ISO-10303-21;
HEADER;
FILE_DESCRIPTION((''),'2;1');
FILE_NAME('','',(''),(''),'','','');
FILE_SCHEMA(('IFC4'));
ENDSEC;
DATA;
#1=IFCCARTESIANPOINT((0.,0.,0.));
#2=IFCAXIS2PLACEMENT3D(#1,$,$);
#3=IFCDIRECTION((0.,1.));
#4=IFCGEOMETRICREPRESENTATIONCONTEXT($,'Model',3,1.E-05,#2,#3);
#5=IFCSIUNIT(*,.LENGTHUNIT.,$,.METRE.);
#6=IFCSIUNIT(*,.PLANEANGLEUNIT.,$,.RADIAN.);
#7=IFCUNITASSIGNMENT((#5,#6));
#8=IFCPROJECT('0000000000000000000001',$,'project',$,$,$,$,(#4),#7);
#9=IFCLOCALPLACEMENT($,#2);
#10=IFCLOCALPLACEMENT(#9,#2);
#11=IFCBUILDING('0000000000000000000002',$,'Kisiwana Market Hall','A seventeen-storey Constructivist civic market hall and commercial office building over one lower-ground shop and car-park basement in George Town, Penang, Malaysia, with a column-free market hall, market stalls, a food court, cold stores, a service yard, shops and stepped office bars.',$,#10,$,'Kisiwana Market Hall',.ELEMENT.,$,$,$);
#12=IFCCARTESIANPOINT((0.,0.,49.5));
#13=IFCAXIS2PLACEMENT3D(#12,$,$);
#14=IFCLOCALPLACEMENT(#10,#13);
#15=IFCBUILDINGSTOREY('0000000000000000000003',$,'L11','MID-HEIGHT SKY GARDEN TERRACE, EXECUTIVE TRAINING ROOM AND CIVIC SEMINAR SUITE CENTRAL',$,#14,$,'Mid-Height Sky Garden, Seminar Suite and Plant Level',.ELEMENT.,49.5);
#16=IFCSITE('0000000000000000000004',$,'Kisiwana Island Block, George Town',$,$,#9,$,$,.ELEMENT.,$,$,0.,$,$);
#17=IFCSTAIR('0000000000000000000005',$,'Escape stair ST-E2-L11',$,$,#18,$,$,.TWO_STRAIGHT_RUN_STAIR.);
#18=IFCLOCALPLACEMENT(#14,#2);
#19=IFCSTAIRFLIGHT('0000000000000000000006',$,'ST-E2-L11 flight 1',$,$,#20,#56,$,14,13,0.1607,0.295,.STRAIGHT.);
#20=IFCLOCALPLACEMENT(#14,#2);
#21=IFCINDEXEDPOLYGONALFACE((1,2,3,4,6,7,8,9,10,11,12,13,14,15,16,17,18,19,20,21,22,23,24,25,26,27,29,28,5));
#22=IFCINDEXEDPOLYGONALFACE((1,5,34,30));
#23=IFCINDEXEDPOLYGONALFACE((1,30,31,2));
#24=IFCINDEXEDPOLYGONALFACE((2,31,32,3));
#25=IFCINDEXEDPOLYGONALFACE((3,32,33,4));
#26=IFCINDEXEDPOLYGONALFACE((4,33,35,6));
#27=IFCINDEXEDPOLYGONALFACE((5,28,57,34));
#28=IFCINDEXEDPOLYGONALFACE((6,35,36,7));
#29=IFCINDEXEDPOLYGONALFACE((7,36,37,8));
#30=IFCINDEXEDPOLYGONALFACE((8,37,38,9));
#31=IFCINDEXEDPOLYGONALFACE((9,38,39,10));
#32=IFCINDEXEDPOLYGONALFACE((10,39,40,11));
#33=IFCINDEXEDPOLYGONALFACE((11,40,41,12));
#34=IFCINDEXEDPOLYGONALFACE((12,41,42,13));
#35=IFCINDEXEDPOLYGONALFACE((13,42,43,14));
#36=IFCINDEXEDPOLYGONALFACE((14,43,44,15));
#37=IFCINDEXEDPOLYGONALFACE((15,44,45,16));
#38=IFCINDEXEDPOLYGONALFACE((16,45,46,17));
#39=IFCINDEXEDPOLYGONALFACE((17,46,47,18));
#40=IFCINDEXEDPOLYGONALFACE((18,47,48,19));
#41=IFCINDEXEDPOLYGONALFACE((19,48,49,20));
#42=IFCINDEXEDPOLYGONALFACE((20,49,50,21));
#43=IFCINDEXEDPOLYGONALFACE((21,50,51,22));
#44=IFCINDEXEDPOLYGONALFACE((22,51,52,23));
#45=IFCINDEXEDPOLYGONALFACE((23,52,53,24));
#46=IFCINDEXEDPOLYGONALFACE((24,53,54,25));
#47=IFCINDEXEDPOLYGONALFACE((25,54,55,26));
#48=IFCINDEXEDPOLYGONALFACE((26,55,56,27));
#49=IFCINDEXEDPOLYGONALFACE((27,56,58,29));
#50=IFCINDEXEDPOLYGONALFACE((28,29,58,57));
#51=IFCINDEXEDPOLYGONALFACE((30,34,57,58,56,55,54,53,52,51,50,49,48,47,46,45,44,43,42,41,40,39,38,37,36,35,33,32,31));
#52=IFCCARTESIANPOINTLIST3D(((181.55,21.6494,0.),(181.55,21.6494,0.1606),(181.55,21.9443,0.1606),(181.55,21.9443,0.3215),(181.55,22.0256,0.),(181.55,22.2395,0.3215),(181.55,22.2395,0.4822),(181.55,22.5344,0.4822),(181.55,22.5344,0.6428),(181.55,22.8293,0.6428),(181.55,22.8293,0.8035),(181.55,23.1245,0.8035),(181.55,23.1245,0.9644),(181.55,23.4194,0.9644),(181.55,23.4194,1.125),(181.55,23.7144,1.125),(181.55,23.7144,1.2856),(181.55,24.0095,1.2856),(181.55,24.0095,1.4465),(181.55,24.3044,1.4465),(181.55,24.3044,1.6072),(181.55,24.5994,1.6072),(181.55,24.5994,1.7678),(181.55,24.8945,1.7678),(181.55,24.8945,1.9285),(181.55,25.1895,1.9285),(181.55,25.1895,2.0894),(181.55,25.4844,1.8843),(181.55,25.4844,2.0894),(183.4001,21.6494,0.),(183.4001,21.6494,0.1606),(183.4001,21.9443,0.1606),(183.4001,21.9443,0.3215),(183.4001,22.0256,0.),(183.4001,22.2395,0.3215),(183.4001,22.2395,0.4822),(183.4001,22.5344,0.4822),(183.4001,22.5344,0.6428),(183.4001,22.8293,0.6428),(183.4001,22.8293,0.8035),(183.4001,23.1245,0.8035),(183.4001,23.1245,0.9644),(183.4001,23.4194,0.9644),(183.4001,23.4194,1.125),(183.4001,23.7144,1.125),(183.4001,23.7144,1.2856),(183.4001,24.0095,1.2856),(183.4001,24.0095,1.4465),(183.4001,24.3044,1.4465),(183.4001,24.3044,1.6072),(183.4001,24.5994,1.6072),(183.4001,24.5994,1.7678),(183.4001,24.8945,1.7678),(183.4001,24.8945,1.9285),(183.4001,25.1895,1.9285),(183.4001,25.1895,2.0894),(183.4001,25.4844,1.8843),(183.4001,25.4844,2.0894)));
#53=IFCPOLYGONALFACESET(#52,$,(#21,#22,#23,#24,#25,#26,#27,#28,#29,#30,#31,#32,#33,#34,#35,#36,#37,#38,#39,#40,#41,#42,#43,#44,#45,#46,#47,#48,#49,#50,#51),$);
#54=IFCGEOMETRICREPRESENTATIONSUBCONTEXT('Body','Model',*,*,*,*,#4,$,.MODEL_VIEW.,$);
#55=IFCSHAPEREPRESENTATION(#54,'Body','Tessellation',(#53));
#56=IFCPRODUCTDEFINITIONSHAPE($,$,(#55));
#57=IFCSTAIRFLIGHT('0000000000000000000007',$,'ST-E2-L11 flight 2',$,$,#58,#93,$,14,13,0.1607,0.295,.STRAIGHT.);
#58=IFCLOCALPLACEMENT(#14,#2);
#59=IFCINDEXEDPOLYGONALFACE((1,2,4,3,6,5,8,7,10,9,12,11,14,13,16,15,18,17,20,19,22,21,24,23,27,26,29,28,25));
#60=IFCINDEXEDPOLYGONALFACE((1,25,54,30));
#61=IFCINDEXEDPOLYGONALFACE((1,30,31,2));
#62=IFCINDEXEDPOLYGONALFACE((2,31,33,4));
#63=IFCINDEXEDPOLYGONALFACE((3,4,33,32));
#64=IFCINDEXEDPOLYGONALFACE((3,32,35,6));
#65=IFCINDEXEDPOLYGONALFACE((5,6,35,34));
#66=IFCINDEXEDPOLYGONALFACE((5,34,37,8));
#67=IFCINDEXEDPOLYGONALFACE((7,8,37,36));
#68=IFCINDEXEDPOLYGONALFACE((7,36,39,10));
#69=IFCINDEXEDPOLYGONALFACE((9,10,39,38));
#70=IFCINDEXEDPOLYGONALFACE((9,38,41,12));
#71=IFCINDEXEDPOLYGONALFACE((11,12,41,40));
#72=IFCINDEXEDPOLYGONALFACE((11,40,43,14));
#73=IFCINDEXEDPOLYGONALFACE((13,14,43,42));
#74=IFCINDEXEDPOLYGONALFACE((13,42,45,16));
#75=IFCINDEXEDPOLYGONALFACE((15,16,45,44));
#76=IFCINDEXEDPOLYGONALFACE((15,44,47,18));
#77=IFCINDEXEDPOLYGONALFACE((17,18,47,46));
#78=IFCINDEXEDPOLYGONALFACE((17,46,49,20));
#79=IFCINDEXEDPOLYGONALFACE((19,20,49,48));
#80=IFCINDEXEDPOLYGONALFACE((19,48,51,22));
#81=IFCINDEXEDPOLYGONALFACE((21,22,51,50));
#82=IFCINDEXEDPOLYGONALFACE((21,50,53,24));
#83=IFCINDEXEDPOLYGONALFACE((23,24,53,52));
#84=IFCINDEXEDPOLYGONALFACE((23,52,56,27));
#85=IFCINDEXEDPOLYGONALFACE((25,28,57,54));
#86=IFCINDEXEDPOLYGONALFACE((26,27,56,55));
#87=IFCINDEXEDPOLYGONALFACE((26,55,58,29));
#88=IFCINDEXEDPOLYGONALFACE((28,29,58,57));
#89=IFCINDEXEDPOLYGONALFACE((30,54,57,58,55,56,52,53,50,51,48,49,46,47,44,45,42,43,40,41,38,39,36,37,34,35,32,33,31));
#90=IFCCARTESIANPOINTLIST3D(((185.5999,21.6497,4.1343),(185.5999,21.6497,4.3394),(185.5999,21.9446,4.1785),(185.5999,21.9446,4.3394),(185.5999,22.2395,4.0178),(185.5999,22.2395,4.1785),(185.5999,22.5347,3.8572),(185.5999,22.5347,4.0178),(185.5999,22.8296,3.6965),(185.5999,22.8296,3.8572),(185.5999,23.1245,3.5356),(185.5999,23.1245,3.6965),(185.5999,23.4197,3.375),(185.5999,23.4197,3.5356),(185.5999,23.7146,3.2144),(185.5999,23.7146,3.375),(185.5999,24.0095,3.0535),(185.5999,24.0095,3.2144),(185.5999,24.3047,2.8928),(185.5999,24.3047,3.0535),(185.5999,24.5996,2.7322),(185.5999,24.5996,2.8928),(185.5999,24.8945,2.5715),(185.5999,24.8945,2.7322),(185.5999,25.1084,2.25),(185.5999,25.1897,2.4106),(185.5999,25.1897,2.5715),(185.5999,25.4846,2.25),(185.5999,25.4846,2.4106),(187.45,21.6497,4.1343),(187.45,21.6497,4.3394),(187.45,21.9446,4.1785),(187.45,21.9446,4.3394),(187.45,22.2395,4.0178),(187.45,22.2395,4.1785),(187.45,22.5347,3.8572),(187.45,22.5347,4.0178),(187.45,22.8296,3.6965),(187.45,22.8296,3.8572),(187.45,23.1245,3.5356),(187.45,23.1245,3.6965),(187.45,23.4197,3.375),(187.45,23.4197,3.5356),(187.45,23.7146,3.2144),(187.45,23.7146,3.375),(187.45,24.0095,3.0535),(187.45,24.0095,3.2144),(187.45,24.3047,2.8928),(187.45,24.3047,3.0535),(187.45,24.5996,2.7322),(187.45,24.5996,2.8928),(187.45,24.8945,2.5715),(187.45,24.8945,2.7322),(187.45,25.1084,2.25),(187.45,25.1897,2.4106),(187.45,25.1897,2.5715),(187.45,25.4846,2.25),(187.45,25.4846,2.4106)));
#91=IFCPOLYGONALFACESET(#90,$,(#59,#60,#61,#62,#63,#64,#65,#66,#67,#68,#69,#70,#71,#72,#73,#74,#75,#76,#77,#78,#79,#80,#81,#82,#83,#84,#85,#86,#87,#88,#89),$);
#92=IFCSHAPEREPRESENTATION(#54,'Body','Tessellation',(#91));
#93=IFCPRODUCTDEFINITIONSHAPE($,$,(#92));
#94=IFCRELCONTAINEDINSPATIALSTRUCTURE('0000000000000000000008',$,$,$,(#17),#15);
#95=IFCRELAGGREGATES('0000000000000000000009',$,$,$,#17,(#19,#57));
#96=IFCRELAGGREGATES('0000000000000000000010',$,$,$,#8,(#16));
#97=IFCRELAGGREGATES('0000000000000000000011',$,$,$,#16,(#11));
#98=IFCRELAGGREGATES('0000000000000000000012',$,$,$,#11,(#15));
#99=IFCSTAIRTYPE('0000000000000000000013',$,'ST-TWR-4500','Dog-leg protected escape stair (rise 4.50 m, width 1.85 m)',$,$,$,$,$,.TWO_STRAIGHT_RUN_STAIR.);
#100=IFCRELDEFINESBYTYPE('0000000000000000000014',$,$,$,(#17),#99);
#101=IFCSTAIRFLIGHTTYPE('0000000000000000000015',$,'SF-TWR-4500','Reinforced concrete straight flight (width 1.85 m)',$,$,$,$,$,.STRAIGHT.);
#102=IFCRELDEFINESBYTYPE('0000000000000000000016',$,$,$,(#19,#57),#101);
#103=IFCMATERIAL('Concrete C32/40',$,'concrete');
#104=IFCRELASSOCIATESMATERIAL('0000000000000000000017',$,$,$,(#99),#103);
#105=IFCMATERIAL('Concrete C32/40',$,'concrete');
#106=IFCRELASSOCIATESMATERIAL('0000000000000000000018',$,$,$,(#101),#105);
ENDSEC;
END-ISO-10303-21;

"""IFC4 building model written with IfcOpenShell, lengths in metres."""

from ifc_helpers import new_model, si_unit, direction, frame, origin, place, context, subcontext, project, spatial, polyline, outline, extrude, material, type_object, element, aggregate, save


model = new_model("IFC4")

# Units and contexts
model_context = context("Model", 3, precision=1e-05, world=origin(), true_north=direction((0.0, 1.0)))
body_context = subcontext(model_context, "Body", "Model", "MODEL_VIEW")
ifc_project = project(units=[si_unit("LENGTHUNIT", "METRE"), si_unit("PLANEANGLEUNIT", "RADIAN")], contexts=[model_context])

# Site, building, storey
site_placement = place(None, origin())
site = spatial("IfcSite", under=ifc_project, at=site_placement, Name="Kisiwana Island Block, George Town", CompositionType="ELEMENT", RefElevation=0.0)
building_placement = place(site_placement, origin())
building = spatial("IfcBuilding", under=site, at=building_placement, Name="Kisiwana Market Hall", Description="A seventeen-storey Constructivist civic market hall and commercial office building over one lower-ground shop and car-park basement in George Town, Penang, Malaysia, with a column-free market hall, market stalls, a food court, cold stores, a service yard, shops and stepped office bars.", LongName="Kisiwana Market Hall", CompositionType="ELEMENT")
storey_placement = place(building_placement, frame((0.0, 0.0, 49.5)))
storey = spatial("IfcBuildingStorey", under=building, at=storey_placement, Name="L11", Description="MID-HEIGHT SKY GARDEN TERRACE, EXECUTIVE TRAINING ROOM AND CIVIC SEMINAR SUITE CENTRAL", LongName="Mid-Height Sky Garden, Seminar Suite and Plant Level", CompositionType="ELEMENT", Elevation=49.5)

# Stair, stair flights
ifc_material_1 = material(Name="Concrete C32/40", Category="concrete")
stair_type = type_object("IfcStairType", Name="ST-TWR-4500", Description="Dog-leg protected escape stair (rise 4.50 m, width 1.85 m)", PredefinedType="TWO_STRAIGHT_RUN_STAIR", material=ifc_material_1)
stair_placement = place(storey_placement, origin())
stair = element("IfcStair", 1, at=stair_placement, inside=storey, type_object=stair_type, Name="Escape stair ST-E2-L11", PredefinedType="TWO_STRAIGHT_RUN_STAIR")
ifc_material_2 = material(Name="Concrete C32/40", Category="concrete")
stair_flight_type = type_object("IfcStairFlightType", Name="SF-TWR-4500", Description="Reinforced concrete straight flight (width 1.85 m)", PredefinedType="STRAIGHT", material=ifc_material_2)
stair_flight_1_placement = place(storey_placement, frame((182.4751, 21.6494, 0.0), z_axis=(0.0, 0.0, 1.0), x_axis=(0.0, 1.0, 0.0)))
stair_flight_1 = element("IfcStairFlight", 2, at=stair_flight_1_placement, type_object=stair_flight_type, Name="ST-E2-L11 flight 1", NumberOfRisers=14, NumberOfTreads=13, PredefinedType="STRAIGHT", RiserHeight=0.1607, TreadLength=0.295, context=body_context, shape_type="SweptSolid", body=[
    extrude(outline(polyline([(0.0, 0.0), (0.0, 0.1606), (0.2949, 0.1606), (0.2949, 0.3215), (0.5901, 0.3215), (0.5901, 0.4822), (0.885, 0.4822), (0.885, 0.6428), (1.1799, 0.6428), (1.1799, 0.8035), (1.4751, 0.8035), (1.4751, 0.9644), (1.77, 0.9644), (1.77, 1.125), (2.0649, 1.125), (2.0649, 1.2856), (2.3601, 1.2856), (2.3601, 1.4465), (2.655, 1.4465), (2.655, 1.6072), (2.95, 1.6072), (2.95, 1.7678), (3.2451, 1.7678), (3.2451, 1.9285), (3.54, 1.9285), (3.54, 2.0894), (3.835, 2.0894), (3.835, 2.25), (3.835, 1.8843), (0.3762, 0.0), (0.0, 0.0)])), frame((0.0, 0.925, 0.0), z_axis=(0.0, -1.0, 0.0), x_axis=(1.0, 0.0, 0.0)), (0.0, 0.0, 1.0), 1.8501),
])
stair_flight_2_placement = place(storey_placement, frame((186.5249, 25.4846, 2.25), z_axis=(0.0, 0.0, 1.0), x_axis=(0.0, -1.0, 0.0)))
stair_flight_2 = element("IfcStairFlight", 3, at=stair_flight_2_placement, type_object=stair_flight_type, Name="ST-E2-L11 flight 2", NumberOfRisers=14, NumberOfTreads=13, PredefinedType="STRAIGHT", RiserHeight=0.1607, TreadLength=0.295, context=body_context, shape_type="SweptSolid", body=[
    extrude(outline(polyline([(0.0, 0.0), (0.0, 0.1606), (0.2949, 0.1606), (0.2949, 0.3215), (0.5901, 0.3215), (0.5901, 0.4822), (0.885, 0.4822), (0.885, 0.6428), (1.1799, 0.6428), (1.1799, 0.8035), (1.4751, 0.8035), (1.4751, 0.9644), (1.77, 0.9644), (1.77, 1.125), (2.0649, 1.125), (2.0649, 1.2856), (2.3601, 1.2856), (2.3601, 1.4465), (2.655, 1.4465), (2.655, 1.6072), (2.95, 1.6072), (2.95, 1.7678), (3.2451, 1.7678), (3.2451, 1.9285), (3.54, 1.9285), (3.54, 2.0894), (3.835, 2.0894), (3.835, 2.25), (3.835, 1.8843), (0.3762, 0.0), (0.0, 0.0)])), frame((0.0, 0.925, 0.0), z_axis=(0.0, -1.0, 0.0), x_axis=(1.0, 0.0, 0.0)), (0.0, 0.0, 1.0), 1.8501),
])
aggregate(stair, [stair_flight_1, stair_flight_2])

save(model, "model.ifc")
